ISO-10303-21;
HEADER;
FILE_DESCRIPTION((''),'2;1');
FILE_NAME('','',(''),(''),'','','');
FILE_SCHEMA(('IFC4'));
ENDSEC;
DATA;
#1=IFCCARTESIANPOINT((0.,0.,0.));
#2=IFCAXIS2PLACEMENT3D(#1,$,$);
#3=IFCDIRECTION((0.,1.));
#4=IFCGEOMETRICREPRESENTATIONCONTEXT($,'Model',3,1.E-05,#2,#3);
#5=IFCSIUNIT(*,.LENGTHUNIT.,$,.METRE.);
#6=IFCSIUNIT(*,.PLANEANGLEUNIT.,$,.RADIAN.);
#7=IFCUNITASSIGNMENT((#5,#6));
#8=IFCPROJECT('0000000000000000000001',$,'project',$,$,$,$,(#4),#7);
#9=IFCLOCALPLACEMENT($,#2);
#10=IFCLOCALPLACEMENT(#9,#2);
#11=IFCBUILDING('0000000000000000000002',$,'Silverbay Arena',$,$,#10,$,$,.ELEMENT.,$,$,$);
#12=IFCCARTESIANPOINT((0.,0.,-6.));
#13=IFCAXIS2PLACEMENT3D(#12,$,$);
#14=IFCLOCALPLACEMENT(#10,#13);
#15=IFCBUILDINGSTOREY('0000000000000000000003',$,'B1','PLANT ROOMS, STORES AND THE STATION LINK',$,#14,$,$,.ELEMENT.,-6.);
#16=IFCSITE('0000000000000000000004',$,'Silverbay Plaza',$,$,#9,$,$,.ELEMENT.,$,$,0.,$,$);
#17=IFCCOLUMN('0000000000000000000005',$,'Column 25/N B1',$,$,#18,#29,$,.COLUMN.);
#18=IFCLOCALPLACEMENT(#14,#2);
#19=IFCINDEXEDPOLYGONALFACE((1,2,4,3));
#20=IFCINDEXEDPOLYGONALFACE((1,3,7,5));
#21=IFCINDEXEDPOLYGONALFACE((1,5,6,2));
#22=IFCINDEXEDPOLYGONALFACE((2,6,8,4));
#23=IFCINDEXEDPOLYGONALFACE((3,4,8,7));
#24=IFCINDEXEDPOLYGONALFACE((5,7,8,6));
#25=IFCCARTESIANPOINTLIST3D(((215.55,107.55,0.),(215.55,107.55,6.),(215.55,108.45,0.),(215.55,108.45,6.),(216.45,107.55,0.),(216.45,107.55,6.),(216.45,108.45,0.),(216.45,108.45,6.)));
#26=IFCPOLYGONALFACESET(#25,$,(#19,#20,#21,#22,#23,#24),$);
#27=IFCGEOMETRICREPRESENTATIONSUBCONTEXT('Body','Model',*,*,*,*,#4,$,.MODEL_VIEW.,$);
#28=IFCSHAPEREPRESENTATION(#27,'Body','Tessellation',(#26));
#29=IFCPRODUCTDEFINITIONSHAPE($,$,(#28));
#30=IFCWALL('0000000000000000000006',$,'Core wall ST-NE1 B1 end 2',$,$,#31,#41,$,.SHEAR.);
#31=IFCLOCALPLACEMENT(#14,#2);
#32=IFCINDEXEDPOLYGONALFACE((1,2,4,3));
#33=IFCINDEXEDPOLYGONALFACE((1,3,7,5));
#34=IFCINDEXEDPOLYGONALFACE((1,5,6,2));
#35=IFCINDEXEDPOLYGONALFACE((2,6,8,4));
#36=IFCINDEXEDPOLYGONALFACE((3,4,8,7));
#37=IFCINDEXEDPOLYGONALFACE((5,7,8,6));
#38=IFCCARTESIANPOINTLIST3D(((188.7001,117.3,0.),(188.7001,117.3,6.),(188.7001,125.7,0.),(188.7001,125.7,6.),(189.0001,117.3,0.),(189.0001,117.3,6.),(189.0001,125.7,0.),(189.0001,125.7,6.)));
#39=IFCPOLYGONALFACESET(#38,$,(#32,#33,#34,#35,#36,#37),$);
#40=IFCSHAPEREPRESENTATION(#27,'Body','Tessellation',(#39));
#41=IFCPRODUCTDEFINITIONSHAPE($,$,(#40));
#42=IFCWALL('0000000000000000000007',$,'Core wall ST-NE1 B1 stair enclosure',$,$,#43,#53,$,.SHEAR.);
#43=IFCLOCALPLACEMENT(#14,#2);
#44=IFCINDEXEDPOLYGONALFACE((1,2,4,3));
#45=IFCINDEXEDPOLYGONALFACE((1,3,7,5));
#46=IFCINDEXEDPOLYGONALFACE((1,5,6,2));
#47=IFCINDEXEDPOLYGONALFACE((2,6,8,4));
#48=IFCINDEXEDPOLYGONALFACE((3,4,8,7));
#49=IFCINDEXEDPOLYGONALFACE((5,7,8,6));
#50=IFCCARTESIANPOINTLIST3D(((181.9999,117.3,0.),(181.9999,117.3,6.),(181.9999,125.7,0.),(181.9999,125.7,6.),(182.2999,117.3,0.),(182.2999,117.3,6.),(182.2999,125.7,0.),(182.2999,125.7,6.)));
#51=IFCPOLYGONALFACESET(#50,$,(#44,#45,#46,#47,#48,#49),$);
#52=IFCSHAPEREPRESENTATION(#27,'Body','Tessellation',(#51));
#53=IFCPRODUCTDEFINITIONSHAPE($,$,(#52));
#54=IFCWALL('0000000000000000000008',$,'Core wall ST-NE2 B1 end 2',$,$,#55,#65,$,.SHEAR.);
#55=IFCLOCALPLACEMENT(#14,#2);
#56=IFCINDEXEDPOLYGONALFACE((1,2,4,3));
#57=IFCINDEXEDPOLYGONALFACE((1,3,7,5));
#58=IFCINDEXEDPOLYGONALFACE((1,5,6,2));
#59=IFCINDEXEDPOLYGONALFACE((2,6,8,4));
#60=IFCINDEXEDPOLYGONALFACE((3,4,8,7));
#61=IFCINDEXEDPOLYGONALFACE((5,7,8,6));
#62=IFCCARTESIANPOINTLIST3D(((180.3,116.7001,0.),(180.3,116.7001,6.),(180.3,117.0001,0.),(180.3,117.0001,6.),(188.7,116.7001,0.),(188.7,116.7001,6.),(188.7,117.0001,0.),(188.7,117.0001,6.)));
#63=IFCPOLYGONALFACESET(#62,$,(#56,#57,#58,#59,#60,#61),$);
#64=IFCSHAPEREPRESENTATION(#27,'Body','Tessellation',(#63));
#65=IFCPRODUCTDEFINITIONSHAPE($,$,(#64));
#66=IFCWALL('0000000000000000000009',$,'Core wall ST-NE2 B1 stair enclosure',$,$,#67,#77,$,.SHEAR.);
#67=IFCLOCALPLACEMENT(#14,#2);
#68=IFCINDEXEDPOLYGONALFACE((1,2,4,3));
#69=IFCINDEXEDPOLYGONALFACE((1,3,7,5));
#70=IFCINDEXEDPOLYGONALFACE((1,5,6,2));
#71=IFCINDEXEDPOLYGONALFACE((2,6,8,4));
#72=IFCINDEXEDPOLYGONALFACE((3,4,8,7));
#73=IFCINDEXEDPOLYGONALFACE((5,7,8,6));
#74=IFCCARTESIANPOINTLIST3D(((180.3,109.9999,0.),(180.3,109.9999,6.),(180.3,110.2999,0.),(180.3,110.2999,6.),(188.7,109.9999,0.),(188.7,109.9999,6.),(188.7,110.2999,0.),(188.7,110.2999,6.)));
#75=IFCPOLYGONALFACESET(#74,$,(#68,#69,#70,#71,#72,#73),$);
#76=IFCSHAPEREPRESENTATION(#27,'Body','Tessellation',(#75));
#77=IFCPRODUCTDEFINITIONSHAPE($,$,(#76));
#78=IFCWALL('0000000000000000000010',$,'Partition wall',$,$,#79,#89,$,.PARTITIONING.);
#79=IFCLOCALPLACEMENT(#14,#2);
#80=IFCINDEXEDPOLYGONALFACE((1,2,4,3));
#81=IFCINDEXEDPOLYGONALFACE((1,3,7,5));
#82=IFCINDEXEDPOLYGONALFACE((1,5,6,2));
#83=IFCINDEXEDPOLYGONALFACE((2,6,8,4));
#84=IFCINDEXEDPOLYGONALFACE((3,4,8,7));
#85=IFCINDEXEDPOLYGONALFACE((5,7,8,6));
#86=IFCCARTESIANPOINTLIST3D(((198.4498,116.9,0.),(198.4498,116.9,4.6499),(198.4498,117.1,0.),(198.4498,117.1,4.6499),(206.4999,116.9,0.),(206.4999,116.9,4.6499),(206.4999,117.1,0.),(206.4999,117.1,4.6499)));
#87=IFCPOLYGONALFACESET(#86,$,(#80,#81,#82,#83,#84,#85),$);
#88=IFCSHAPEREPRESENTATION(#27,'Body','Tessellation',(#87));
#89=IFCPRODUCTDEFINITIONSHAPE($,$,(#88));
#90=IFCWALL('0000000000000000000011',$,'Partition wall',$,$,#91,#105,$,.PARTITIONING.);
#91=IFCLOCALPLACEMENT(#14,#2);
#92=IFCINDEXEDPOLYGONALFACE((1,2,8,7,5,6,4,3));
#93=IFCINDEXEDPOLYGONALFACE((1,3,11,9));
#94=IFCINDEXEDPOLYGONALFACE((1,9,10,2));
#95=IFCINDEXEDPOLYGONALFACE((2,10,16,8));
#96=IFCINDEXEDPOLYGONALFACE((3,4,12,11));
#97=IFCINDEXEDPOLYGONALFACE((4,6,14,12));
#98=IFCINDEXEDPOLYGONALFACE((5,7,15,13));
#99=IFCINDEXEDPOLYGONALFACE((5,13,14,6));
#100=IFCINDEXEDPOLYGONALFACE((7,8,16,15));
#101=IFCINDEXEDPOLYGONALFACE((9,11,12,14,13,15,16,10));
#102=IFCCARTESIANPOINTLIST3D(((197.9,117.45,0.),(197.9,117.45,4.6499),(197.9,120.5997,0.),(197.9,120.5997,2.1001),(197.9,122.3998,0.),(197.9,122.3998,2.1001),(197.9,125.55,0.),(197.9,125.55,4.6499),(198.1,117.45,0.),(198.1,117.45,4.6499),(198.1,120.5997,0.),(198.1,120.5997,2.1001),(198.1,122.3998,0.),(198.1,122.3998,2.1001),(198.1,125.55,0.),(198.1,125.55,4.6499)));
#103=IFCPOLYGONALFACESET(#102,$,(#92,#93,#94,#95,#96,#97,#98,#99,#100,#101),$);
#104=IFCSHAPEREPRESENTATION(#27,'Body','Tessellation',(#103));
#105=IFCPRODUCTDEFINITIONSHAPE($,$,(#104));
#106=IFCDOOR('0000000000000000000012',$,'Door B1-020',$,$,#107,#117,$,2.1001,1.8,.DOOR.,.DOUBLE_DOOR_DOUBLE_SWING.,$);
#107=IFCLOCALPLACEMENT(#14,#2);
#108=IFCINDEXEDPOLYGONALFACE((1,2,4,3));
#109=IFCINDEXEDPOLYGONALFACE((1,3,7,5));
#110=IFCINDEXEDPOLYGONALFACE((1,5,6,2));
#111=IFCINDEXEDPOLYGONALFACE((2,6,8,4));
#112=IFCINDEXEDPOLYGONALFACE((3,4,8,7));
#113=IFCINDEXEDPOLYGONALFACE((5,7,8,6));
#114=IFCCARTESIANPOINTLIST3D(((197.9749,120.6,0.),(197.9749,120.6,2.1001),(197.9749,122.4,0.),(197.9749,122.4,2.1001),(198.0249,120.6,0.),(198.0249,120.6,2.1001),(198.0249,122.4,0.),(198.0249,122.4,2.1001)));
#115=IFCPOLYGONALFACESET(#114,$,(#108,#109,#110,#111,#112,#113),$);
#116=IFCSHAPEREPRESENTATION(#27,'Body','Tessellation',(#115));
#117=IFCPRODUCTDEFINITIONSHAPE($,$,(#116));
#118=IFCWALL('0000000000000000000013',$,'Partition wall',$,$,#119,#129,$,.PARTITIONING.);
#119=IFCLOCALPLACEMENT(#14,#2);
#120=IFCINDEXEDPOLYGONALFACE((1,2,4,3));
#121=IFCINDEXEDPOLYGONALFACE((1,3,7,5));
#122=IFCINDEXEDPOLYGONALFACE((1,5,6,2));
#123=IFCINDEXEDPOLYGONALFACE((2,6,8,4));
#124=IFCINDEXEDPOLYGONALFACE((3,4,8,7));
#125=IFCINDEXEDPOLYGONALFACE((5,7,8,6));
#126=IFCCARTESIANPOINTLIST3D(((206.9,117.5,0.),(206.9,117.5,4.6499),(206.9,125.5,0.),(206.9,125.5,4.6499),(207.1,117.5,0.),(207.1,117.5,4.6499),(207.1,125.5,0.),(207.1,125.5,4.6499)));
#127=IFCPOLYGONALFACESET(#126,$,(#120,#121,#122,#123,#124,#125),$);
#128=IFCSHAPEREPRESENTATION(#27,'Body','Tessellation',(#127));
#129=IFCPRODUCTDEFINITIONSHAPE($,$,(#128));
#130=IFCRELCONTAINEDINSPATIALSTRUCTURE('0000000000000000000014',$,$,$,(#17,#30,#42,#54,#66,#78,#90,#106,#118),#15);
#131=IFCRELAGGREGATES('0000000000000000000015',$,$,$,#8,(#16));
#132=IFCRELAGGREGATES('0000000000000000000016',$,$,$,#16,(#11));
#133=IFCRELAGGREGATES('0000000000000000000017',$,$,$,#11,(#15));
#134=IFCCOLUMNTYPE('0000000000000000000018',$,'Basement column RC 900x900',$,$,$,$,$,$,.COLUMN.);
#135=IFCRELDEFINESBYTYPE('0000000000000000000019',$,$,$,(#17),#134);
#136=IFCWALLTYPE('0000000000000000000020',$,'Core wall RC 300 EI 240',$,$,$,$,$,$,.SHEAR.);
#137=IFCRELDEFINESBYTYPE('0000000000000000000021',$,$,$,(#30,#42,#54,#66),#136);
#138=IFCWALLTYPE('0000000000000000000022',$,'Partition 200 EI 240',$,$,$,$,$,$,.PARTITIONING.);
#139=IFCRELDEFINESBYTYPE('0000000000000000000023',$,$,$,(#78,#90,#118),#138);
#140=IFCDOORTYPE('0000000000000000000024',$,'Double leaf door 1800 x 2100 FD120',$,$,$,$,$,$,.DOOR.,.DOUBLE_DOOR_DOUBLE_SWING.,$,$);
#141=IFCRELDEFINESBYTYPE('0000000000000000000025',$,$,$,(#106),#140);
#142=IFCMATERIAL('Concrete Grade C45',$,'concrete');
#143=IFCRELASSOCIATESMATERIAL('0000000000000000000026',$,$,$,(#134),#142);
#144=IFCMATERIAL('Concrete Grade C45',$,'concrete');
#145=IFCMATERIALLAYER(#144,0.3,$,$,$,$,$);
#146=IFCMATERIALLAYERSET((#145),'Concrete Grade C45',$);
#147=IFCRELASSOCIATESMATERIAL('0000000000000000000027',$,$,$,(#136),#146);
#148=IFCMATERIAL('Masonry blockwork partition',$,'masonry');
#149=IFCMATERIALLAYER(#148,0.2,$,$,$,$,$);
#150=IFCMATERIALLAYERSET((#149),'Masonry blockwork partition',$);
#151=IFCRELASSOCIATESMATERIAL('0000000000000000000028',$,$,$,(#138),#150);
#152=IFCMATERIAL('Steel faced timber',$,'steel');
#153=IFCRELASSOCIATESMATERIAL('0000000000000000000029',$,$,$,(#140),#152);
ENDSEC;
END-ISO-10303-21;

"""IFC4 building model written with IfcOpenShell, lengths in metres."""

from ifc_helpers import new_model, si_unit, direction, frame, frame_2d, origin, origin_2d, place, context, subcontext, project, spatial, rectangle, extrude, material, layer, layer_set, material_profile, profile_set, type_object, element, fill, save


model = new_model("IFC4")

# Units and contexts
model_context = context("Model", 3, precision=1e-05, world=origin(), true_north=direction((0.0, 1.0)))
body_context = subcontext(model_context, "Body", "Model", "MODEL_VIEW")
ifc_project = project(units=[si_unit("LENGTHUNIT", "METRE"), si_unit("PLANEANGLEUNIT", "RADIAN")], contexts=[model_context])

# Site, building, storey
site_placement = place(None, origin())
site = spatial("IfcSite", under=ifc_project, at=site_placement, Name="Silverbay Plaza", CompositionType="ELEMENT", RefElevation=0.0)
building_placement = place(site_placement, origin())
building = spatial("IfcBuilding", under=site, at=building_placement, Name="Silverbay Arena", CompositionType="ELEMENT")
storey_placement = place(building_placement, frame((0.0, 0.0, -6.0)))
storey = spatial("IfcBuildingStorey", under=building, at=storey_placement, Name="B1", Description="PLANT ROOMS, STORES AND THE STATION LINK", CompositionType="ELEMENT", Elevation=-6.0)

# Column
ifc_material_1 = material(Name="Concrete Grade C45", Category="concrete")
ifc_material_profile_1 = material_profile(ifc_material_1, rectangle(XDim=0.8999, YDim=0.8999, at=origin_2d()), Name="RC 900x900")
ifc_profile_set_1 = profile_set([ifc_material_profile_1], Name="Concrete Grade C45")
column_type_1 = type_object("IfcColumnType", Name="Basement column RC 900x900", PredefinedType="COLUMN", material=ifc_profile_set_1)
for number, where, z_axis, x_axis, name in (
    (1, (216.0, 108.0, 0.0), (0.0, 0.0, 1.0), (1.0, 0.0, 0.0), "Column 25/N B1"),
):
    element("IfcColumn", number, at=place(storey_placement, frame(where, z_axis=z_axis, x_axis=x_axis)), inside=storey, type_object=column_type_1, Name=name, PredefinedType="COLUMN", context=body_context, shape_type="SweptSolid", body=[
        extrude(rectangle(XDim=0.8999, YDim=0.8999, at=origin_2d()), origin(), (0.0, 0.0, 1.0), 6.0),
    ])

# Walls
ifc_material_2 = material(Name="Concrete Grade C45", Category="concrete")
ifc_layer_1 = layer(ifc_material_2, 0.3)
ifc_layer_set_1 = layer_set([ifc_layer_1], Name="Concrete Grade C45")
wall_type_1 = type_object("IfcWallType", Name="Core wall RC 300 EI 240", PredefinedType="SHEAR", material=ifc_layer_set_1)
for number, where, z_axis, x_axis, name in (
    (2, (188.8501, 117.3, 0.0), (0.0, 0.0, 1.0), (0.0, 1.0, 0.0), "Core wall ST-NE1 B1 end 2"),
    (3, (182.1499, 117.3, 0.0), (0.0, 0.0, 1.0), (0.0, 1.0, 0.0), "Core wall ST-NE1 B1 stair enclosure"),
    (4, (180.3, 116.8501, 0.0), (0.0, 0.0, 1.0), (1.0, 0.0, 0.0), "Core wall ST-NE2 B1 end 2"),
    (5, (180.3, 110.1499, 0.0), (0.0, 0.0, 1.0), (1.0, 0.0, 0.0), "Core wall ST-NE2 B1 stair enclosure"),
):
    element("IfcWall", number, at=place(storey_placement, frame(where, z_axis=z_axis, x_axis=x_axis)), inside=storey, type_object=wall_type_1, Name=name, PredefinedType="SHEAR", context=body_context, shape_type="SweptSolid", body=[
        extrude(rectangle(XDim=8.3999, YDim=0.3, at=frame_2d((4.2, 0.0))), origin(), (0.0, 0.0, 1.0), 6.0),
    ])
ifc_material_3 = material(Name="Masonry blockwork partition", Category="masonry")
ifc_layer_2 = layer(ifc_material_3, 0.2)
ifc_layer_set_2 = layer_set([ifc_layer_2], Name="Masonry blockwork partition")
wall_type_2 = type_object("IfcWallType", Name="Partition 200 EI 240", PredefinedType="PARTITIONING", material=ifc_layer_set_2)
wall_1_placement = place(storey_placement, frame((198.45, 117.0, 0.0), z_axis=(0.0, 0.0, 1.0), x_axis=(1.0, 0.0, 0.0)))
element("IfcWall", 6, at=wall_1_placement, inside=storey, type_object=wall_type_2, Name="Partition wall", PredefinedType="PARTITIONING", context=body_context, shape_type="SweptSolid", body=[
    extrude(rectangle(XDim=8.05, YDim=0.2, at=frame_2d((4.0249, 0.0))), origin(), (0.0, 0.0, 1.0), 4.6499),
])

# Wall, opening, door
wall_2_placement = place(storey_placement, frame((198.0, 117.45, 0.0), z_axis=(0.0, 0.0, 1.0), x_axis=(0.0, 1.0, 0.0)))
wall_2 = element("IfcWall", 7, at=wall_2_placement, inside=storey, type_object=wall_type_2, Name="Partition wall", PredefinedType="PARTITIONING", context=body_context, shape_type="SweptSolid", body=[
    extrude(rectangle(XDim=8.1001, YDim=0.2, at=frame_2d((4.05, 0.0))), origin(), (0.0, 0.0, 1.0), 4.6499),
])
opening_placement = place(wall_2_placement, frame((3.1499, 0.0, 0.0)))
opening = element("IfcOpeningElement", 8, at=opening_placement, cuts=wall_2, PredefinedType="OPENING", context=body_context, shape_type="SweptSolid", body=[
    extrude(rectangle(XDim=1.8, YDim=2.1001, at=frame_2d((0.8999, 1.05))), frame((0.0, 0.1099, 0.0), z_axis=(0.0, -1.0, 0.0), x_axis=(1.0, 0.0, 0.0)), (0.0, 0.0, 1.0), 0.22),
])
ifc_material_4 = material(Name="Steel faced timber", Category="steel")
door_type = type_object("IfcDoorType", Name="Double leaf door 1800 x 2100 FD120", OperationType="DOUBLE_DOOR_DOUBLE_SWING", PredefinedType="DOOR", material=ifc_material_4)
door_placement = place(opening_placement, frame((1.8, 0.0, 0.0), z_axis=(0.0, 0.0, 1.0), x_axis=(-1.0, 0.0, 0.0)))
door = element("IfcDoor", 9, at=door_placement, inside=storey, type_object=door_type, Name="Door B1-020", OperationType="DOUBLE_DOOR_DOUBLE_SWING", OverallHeight=2.1001, OverallWidth=1.8, PredefinedType="DOOR", context=body_context, shape_type="SweptSolid", body=[
    extrude(rectangle(XDim=1.8, YDim=2.1001, at=frame_2d((0.8999, 1.05))), frame((0.0, 0.0249, 0.0), z_axis=(0.0, -1.0, 0.0), x_axis=(1.0, 0.0, 0.0)), (0.0, 0.0, 1.0), 0.05),
])
fill(opening, door)

# Wall
wall_3_placement = place(storey_placement, frame((207.0, 117.5, 0.0), z_axis=(0.0, 0.0, 1.0), x_axis=(0.0, 1.0, 0.0)))
element("IfcWall", 10, at=wall_3_placement, inside=storey, type_object=wall_type_2, Name="Partition wall", PredefinedType="PARTITIONING", context=body_context, shape_type="SweptSolid", body=[
    extrude(rectangle(XDim=8.0, YDim=0.2, at=frame_2d((4.0, 0.0))), origin(), (0.0, 0.0, 1.0), 4.6499),
])

save(model, "model.ifc")
